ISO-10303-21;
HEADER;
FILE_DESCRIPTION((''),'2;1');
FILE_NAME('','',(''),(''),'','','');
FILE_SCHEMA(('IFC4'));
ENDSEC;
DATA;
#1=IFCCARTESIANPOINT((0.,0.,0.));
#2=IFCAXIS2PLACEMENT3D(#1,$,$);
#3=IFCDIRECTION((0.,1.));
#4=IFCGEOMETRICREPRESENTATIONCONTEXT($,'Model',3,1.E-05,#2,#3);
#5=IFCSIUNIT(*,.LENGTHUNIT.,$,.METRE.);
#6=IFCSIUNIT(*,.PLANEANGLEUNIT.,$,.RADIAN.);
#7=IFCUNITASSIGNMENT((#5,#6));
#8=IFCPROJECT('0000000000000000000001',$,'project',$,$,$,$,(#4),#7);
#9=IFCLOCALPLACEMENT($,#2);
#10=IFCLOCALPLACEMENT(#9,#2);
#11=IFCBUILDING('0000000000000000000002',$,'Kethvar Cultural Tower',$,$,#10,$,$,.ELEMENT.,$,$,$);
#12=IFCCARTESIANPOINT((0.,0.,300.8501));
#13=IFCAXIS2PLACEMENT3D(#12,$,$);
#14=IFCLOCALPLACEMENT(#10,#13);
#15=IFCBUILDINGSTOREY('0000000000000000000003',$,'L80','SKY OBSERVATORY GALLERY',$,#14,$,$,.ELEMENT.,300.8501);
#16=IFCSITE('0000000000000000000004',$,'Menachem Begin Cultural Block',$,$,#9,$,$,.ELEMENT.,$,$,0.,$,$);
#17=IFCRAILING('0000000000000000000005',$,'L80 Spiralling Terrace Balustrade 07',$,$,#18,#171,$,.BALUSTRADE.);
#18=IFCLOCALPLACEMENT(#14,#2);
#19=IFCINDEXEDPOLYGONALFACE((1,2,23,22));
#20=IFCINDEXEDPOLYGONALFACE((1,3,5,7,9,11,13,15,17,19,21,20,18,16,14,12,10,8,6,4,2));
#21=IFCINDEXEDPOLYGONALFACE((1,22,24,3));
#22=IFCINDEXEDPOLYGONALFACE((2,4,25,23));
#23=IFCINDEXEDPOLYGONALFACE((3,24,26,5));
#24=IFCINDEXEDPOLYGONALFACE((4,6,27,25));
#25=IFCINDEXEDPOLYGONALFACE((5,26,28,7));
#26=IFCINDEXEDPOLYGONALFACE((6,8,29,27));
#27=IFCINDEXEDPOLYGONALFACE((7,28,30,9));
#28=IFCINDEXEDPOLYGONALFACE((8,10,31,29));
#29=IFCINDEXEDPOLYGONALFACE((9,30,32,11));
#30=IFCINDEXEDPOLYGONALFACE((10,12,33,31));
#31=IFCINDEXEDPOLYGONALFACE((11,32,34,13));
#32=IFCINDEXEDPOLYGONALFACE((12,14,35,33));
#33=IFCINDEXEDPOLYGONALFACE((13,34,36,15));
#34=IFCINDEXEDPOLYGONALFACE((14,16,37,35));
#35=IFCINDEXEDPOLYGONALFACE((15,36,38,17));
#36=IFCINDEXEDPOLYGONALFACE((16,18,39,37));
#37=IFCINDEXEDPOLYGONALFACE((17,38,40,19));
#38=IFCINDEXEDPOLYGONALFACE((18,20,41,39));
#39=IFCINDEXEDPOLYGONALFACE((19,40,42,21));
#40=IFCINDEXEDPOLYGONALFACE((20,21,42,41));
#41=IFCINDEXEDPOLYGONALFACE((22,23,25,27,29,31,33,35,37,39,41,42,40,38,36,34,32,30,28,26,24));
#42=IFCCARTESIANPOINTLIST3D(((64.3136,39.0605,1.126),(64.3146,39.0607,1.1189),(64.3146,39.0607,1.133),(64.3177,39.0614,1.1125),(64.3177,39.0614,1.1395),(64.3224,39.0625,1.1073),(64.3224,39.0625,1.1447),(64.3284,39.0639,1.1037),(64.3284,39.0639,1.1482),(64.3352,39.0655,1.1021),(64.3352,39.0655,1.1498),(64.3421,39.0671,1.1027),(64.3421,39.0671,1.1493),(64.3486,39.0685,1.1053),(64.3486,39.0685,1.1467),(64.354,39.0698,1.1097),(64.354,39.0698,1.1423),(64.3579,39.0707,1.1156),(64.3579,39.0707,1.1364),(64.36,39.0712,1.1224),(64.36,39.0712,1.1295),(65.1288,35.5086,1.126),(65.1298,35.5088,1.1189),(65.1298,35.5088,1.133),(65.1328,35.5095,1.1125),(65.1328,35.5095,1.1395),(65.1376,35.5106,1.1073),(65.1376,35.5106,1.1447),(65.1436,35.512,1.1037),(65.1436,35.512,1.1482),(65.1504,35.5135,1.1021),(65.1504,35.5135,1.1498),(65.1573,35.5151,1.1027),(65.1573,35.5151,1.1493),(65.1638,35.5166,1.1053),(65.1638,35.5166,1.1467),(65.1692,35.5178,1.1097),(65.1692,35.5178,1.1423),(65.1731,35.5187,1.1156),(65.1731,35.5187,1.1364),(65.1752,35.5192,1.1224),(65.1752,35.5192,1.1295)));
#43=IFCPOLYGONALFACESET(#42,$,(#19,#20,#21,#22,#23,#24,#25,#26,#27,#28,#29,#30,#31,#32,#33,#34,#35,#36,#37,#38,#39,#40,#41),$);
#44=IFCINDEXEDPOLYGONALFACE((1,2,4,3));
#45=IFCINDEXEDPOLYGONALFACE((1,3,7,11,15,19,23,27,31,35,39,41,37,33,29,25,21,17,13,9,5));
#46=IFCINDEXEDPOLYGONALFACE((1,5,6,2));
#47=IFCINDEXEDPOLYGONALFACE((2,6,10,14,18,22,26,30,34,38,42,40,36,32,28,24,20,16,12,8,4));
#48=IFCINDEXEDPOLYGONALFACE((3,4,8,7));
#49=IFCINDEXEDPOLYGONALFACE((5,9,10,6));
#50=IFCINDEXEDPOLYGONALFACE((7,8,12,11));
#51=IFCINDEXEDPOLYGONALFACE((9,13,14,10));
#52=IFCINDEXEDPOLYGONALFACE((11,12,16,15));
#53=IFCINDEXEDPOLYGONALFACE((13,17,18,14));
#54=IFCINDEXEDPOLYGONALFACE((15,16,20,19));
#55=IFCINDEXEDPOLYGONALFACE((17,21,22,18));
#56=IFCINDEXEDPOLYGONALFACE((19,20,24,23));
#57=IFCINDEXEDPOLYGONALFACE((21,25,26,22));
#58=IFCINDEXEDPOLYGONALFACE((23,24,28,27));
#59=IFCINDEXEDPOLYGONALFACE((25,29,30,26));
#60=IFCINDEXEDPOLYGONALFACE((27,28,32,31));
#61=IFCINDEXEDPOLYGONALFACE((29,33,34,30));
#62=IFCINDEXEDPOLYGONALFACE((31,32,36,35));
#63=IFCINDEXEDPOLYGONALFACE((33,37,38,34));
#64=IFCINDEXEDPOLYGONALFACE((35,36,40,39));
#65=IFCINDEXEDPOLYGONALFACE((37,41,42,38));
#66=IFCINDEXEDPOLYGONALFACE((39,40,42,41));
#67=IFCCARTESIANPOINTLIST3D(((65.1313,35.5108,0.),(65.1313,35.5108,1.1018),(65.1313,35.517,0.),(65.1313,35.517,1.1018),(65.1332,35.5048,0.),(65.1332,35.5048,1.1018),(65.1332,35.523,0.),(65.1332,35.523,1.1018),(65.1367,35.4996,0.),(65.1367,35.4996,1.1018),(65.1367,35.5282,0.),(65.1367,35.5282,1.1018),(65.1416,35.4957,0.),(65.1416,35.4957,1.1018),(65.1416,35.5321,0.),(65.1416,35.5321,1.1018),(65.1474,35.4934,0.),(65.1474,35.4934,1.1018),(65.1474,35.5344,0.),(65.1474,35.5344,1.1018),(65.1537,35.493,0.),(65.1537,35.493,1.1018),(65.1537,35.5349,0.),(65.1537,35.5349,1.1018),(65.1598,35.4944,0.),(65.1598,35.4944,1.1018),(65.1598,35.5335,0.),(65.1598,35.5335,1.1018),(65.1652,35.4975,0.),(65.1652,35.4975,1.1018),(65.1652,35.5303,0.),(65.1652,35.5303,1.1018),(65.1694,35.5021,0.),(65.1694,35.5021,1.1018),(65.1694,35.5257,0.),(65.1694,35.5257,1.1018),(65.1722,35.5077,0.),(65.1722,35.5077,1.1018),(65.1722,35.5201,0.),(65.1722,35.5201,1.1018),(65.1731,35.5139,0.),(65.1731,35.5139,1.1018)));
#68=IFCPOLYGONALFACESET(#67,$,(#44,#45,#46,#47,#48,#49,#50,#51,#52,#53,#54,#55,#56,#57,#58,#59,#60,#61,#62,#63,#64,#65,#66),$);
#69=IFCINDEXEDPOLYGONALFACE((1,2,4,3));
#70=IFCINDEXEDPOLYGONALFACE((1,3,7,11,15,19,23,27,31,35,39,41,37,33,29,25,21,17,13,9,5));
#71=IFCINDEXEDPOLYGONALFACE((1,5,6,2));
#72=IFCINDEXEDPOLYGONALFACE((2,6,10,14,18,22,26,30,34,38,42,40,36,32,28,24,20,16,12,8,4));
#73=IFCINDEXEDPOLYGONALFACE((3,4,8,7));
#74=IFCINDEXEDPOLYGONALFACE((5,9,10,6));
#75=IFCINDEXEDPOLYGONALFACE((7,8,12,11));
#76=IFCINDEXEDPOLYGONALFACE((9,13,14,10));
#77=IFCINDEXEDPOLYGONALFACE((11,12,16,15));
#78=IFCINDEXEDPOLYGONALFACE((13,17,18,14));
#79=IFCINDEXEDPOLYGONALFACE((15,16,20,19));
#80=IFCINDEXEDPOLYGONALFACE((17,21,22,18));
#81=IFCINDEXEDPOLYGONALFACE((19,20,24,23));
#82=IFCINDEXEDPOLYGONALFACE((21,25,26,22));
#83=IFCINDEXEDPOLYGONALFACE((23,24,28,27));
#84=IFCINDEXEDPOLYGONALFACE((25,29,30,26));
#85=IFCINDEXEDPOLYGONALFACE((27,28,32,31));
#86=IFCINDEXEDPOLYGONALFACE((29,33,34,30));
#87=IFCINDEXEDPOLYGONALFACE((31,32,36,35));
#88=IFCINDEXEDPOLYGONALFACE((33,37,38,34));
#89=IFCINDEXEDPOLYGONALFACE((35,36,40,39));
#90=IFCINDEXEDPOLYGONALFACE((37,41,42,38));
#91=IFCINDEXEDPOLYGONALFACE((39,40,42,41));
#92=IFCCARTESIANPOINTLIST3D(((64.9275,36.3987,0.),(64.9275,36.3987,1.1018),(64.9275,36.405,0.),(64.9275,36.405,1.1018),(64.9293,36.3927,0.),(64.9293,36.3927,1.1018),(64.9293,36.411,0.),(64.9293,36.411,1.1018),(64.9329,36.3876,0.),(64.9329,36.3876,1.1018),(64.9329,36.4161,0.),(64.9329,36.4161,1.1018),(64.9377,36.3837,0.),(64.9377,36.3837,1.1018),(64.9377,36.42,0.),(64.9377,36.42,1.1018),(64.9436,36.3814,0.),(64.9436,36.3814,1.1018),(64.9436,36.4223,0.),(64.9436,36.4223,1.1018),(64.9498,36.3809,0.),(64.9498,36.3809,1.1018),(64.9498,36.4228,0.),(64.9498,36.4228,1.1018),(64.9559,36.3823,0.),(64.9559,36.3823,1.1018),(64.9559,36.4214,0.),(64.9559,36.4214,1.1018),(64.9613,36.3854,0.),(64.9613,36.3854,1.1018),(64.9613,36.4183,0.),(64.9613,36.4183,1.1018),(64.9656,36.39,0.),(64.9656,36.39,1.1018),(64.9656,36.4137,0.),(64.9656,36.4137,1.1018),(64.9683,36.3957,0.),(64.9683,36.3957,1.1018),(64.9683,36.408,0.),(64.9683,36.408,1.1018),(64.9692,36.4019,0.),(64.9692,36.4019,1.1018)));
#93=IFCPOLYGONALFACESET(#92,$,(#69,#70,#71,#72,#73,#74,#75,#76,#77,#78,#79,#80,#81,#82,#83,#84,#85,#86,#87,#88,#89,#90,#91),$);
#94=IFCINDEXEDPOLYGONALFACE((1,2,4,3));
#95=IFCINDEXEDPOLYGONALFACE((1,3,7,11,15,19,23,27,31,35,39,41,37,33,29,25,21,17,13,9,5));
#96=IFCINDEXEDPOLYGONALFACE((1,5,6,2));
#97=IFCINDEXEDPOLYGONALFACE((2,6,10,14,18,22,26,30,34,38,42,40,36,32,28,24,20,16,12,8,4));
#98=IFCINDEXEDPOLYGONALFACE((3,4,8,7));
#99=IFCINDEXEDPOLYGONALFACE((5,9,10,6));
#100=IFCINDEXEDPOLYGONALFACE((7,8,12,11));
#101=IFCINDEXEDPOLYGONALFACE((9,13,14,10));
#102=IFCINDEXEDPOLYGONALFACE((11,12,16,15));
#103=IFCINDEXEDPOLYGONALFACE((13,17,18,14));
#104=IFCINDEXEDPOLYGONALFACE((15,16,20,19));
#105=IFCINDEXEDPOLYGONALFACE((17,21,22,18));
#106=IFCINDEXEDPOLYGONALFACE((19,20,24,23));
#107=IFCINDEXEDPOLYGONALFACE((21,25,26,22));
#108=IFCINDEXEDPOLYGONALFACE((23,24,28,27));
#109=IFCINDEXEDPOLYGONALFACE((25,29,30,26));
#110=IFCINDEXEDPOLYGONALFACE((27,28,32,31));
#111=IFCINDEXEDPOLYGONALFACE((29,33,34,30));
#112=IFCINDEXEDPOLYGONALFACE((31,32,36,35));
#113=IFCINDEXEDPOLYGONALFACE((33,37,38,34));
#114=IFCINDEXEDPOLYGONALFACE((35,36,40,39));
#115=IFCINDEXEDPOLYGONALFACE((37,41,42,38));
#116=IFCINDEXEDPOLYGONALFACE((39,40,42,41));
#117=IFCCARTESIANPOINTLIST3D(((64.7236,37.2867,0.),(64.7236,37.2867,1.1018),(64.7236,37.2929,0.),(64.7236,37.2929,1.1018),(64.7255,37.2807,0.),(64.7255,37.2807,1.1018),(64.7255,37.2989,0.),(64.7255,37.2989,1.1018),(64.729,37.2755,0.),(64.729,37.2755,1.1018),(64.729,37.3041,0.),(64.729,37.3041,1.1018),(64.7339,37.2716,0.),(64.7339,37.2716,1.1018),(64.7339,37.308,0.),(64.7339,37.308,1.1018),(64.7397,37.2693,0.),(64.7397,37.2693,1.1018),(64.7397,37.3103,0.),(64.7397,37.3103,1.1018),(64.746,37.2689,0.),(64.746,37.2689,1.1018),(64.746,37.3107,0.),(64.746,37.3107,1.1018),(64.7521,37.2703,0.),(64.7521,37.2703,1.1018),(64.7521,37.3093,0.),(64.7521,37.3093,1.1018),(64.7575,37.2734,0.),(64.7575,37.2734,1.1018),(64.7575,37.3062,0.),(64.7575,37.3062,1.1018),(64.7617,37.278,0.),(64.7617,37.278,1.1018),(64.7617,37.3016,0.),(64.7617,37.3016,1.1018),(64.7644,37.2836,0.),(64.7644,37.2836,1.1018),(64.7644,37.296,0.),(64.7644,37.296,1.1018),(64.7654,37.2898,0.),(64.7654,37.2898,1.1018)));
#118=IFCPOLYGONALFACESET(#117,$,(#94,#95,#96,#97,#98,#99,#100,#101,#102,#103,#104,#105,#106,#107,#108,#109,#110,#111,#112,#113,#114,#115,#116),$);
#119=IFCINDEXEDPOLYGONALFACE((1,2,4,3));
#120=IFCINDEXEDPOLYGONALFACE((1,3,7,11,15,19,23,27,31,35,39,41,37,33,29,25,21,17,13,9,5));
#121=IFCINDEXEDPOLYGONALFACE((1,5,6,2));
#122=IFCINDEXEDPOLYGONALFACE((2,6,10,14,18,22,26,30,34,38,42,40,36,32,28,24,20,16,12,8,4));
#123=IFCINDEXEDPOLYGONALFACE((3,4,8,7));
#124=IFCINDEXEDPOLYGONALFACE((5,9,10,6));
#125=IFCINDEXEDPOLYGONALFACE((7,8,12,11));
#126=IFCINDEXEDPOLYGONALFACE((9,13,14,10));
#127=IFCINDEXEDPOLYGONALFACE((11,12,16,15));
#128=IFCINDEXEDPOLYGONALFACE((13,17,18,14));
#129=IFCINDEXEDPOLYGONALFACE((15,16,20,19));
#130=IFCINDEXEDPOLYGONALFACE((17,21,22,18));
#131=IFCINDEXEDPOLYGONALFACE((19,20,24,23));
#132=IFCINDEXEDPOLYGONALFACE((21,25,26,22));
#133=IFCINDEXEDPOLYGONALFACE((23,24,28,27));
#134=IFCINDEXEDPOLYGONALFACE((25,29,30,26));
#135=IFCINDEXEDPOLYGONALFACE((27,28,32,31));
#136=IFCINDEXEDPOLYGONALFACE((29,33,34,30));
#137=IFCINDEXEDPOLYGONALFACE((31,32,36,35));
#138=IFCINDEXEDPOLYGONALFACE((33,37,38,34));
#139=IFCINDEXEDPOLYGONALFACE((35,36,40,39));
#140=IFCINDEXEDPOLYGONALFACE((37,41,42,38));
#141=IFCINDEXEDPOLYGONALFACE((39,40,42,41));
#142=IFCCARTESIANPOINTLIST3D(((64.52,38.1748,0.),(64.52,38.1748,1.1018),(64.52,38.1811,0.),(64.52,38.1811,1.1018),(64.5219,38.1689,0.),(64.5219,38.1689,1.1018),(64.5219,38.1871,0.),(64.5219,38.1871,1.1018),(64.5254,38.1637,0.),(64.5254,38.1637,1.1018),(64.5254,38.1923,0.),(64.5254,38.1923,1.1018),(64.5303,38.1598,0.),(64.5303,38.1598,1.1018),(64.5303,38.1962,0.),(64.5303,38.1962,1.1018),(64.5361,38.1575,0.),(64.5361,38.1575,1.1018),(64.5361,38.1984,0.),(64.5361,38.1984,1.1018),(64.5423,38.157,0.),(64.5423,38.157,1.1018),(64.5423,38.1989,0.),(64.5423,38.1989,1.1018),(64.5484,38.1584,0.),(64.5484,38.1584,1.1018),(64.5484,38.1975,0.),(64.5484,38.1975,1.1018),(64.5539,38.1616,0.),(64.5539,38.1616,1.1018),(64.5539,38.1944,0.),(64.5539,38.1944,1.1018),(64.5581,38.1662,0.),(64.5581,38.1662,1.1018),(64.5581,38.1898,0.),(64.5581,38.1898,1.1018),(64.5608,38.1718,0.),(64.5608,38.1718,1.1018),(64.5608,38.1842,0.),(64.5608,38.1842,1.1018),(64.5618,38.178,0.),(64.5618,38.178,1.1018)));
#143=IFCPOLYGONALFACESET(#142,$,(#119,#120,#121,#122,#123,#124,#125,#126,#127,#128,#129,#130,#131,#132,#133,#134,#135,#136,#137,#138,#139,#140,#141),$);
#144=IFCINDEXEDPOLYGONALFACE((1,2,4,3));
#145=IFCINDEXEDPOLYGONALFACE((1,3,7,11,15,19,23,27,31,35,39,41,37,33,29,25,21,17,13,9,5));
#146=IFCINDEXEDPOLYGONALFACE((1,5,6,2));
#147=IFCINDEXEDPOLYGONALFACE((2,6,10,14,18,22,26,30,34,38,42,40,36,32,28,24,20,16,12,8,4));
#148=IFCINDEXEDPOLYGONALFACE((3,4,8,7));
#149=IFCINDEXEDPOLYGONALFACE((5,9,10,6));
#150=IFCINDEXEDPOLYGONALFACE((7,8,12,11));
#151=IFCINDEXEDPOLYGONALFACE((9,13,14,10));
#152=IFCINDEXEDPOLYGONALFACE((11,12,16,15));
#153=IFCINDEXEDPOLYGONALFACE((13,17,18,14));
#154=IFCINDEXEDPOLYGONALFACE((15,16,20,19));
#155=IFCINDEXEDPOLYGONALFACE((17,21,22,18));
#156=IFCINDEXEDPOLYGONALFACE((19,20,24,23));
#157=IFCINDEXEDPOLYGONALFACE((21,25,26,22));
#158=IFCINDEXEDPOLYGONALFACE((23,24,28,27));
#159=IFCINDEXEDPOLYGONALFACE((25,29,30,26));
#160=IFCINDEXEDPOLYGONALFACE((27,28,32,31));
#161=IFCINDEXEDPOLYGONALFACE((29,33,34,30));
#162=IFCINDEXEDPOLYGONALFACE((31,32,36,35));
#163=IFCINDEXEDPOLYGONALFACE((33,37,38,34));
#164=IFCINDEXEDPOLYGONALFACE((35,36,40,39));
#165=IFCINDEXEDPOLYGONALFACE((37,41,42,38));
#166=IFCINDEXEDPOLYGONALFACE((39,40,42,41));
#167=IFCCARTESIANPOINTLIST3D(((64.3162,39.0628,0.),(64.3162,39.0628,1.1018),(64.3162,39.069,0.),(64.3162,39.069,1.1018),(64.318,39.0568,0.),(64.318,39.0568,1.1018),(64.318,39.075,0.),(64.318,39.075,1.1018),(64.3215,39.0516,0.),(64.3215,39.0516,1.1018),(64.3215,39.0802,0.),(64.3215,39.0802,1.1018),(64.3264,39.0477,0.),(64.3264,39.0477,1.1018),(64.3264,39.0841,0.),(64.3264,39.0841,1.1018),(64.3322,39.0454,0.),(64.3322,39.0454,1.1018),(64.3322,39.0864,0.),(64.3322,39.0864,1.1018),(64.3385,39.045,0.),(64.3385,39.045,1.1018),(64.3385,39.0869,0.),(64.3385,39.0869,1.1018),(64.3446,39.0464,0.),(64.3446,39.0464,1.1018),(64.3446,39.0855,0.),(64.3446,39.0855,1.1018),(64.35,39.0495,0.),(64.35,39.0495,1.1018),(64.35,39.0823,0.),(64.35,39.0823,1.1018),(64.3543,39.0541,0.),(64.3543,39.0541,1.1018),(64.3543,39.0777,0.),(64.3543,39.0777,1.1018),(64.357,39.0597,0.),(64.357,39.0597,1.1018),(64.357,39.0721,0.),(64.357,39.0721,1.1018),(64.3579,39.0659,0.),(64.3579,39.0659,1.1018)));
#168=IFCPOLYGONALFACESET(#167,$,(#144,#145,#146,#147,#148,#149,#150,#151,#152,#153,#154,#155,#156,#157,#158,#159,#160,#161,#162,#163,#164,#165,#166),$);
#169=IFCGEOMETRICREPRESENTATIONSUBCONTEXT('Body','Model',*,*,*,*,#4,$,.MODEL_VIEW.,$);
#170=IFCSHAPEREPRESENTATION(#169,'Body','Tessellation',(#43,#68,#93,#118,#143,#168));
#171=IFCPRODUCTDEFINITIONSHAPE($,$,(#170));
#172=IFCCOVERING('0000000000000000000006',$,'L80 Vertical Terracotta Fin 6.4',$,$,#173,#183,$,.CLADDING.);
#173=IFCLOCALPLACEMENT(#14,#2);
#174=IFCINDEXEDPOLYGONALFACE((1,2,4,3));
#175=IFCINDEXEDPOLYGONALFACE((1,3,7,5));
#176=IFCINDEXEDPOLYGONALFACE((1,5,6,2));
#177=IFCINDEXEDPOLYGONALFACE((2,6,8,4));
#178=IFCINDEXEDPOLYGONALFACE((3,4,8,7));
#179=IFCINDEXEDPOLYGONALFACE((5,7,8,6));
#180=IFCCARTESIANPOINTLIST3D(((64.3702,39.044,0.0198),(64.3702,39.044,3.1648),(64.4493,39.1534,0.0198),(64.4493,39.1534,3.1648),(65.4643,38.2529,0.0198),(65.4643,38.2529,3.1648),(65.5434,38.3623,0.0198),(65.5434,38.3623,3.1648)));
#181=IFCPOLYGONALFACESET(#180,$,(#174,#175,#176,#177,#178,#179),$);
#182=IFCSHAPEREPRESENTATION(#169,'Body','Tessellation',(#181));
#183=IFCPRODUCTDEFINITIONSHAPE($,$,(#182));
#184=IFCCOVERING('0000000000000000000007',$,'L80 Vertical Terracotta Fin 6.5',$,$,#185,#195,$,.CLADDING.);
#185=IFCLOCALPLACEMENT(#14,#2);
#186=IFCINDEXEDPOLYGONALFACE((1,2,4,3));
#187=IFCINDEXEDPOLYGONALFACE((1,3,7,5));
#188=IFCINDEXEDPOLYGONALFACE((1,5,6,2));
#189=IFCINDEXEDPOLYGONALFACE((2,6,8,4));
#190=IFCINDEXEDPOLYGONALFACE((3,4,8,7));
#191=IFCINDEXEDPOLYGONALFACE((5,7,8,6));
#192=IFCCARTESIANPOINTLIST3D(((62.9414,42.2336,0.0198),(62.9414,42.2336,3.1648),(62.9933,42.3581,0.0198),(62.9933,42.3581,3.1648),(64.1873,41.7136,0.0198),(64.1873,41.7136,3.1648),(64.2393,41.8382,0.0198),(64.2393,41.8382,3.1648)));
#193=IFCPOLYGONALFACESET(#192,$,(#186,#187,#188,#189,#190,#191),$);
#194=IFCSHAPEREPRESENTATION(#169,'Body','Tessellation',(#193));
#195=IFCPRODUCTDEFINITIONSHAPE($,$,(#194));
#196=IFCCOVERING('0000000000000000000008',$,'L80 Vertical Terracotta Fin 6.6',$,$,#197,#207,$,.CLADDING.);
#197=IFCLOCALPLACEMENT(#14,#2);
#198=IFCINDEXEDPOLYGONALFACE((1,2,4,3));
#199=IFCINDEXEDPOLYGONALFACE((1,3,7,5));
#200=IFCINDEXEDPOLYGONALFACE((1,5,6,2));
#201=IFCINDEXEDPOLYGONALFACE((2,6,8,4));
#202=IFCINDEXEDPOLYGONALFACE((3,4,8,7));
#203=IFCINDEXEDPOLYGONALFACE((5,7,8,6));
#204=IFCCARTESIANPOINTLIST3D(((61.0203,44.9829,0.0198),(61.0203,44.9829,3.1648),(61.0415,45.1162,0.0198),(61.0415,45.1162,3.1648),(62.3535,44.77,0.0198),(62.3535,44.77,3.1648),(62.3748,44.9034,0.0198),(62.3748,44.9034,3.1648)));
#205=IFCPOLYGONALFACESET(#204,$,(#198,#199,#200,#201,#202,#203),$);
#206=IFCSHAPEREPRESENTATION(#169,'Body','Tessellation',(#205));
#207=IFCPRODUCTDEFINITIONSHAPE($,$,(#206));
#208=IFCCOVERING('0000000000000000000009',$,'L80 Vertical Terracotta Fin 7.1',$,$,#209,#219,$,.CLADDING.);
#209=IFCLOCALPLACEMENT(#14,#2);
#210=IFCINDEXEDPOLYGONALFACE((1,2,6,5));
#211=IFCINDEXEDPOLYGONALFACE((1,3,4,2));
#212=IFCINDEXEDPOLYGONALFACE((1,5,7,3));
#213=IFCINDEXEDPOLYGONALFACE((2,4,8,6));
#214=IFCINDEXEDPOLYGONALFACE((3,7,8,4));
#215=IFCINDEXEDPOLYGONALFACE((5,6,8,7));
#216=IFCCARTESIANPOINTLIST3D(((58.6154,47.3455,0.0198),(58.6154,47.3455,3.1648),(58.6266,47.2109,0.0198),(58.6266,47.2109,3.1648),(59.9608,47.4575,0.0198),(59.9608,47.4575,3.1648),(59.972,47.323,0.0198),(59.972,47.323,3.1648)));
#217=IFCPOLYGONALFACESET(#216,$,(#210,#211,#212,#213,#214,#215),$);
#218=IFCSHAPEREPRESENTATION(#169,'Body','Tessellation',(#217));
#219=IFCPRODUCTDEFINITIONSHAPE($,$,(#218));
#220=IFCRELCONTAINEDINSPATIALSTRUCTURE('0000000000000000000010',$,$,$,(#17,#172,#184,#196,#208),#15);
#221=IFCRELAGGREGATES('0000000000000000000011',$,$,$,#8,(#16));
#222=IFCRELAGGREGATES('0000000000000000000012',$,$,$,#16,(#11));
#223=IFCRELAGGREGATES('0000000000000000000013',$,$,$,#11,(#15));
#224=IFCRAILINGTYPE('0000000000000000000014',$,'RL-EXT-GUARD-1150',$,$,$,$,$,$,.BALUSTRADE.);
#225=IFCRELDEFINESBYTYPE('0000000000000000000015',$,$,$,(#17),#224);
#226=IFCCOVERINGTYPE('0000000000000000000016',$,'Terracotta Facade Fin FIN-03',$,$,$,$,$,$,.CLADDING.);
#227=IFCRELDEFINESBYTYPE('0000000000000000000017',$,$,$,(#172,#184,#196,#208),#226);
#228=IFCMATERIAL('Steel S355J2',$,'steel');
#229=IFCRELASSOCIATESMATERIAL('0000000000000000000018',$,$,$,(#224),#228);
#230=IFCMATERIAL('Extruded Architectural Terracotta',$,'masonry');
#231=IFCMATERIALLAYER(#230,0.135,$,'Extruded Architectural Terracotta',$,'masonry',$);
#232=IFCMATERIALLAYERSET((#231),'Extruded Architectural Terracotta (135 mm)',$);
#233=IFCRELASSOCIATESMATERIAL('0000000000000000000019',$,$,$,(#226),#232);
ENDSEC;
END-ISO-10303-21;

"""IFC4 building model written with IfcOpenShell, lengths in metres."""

from ifc_helpers import new_model, si_unit, direction, frame, origin, origin_2d, place, context, subcontext, project, spatial, rectangle, circle, extrude, source, transform, mapped, material, layer, layer_set, type_object, element, save


model = new_model("IFC4")

# Units and contexts
model_context = context("Model", 3, precision=1e-05, world=origin(), true_north=direction((0.0, 1.0)))
body_context = subcontext(model_context, "Body", "Model", "MODEL_VIEW")
ifc_project = project(units=[si_unit("LENGTHUNIT", "METRE"), si_unit("PLANEANGLEUNIT", "RADIAN")], contexts=[model_context])

# Site, building, storey
site_placement = place(None, origin())
site = spatial("IfcSite", under=ifc_project, at=site_placement, Name="Menachem Begin Cultural Block", CompositionType="ELEMENT", RefElevation=0.0)
building_placement = place(site_placement, origin())
building = spatial("IfcBuilding", under=site, at=building_placement, Name="Kethvar Cultural Tower", CompositionType="ELEMENT")
storey_placement = place(building_placement, frame((0.0, 0.0, 300.8501)))
storey = spatial("IfcBuildingStorey", under=building, at=storey_placement, Name="L80", Description="SKY OBSERVATORY GALLERY", CompositionType="ELEMENT", Elevation=300.8501)

# Shared definitions
ifc_material_1 = material(Name="Steel S355J2", Category="steel")

# Railing
railing_type = type_object("IfcRailingType", Name="RL-EXT-GUARD-1150", PredefinedType="BALUSTRADE", material=ifc_material_1)
railing_placement = place(storey_placement, frame((65.1521, 35.5139, 0.0)))
element("IfcRailing", 1, at=railing_placement, inside=storey, type_object=railing_type, Name="L80 Spiralling Terrace Balustrade 07", PredefinedType="BALUSTRADE", context=body_context, shape_type="SweptSolid", body=[
    extrude(circle(Radius=0.0239, at=origin_2d()), frame((0.0, 0.0, 1.126), z_axis=(-0.223685, 0.974661, 0.0), x_axis=(-0.974661, -0.223685, 0.0)), (0.0, 0.0, 1.0), 3.6443),
    extrude(circle(Radius=0.021, at=origin_2d()), origin(), (0.0, 0.0, 1.0), 1.1018),
    extrude(circle(Radius=0.021, at=origin_2d()), frame((-0.2039, 0.8879, 0.0)), (0.0, 0.0, 1.0), 1.1018),
    extrude(circle(Radius=0.021, at=origin_2d()), frame((-0.4077, 1.7759, 0.0)), (0.0, 0.0, 1.0), 1.1018),
    extrude(circle(Radius=0.021, at=origin_2d()), frame((-0.6113, 2.6641, 0.0)), (0.0, 0.0, 1.0), 1.1018),
    extrude(circle(Radius=0.021, at=origin_2d()), frame((-0.8152, 3.552, 0.0)), (0.0, 0.0, 1.0), 1.1018),
])

# Coverings
ifc_material_2 = material(Name="Extruded Architectural Terracotta", Category="masonry")
ifc_layer_1 = layer(ifc_material_2, 0.135, Name="Extruded Architectural Terracotta", Category="masonry")
ifc_layer_set_1 = layer_set([ifc_layer_1], Name="Extruded Architectural Terracotta (135 mm)")
covering_type = type_object("IfcCoveringType", Name="Terracotta Facade Fin FIN-03", PredefinedType="CLADDING", material=ifc_layer_set_1)
shared_shape_1 = source(origin(), body_context, "Body", "SweptSolid", [
    extrude(rectangle(XDim=1.3501, YDim=0.135, at=origin_2d()), origin(), (0.0, 0.0, 1.0), 3.145),
])
for number, where, z_axis, x_axis, name in (
    (2, (64.9568, 38.7031, 0.0198), (0.0, 0.0, 1.0), (0.810349, -0.585948, 0.0), "L80 Vertical Terracotta Fin 6.4"),
    (3, (63.5903, 42.0359, 0.0198), (0.0, 0.0, 1.0), (0.922875, -0.385101, 0.0), "L80 Vertical Terracotta Fin 6.5"),
    (4, (61.6975, 44.9431, 0.0198), (0.0, 0.0, 1.0), (0.987496, -0.157641, 0.0), "L80 Vertical Terracotta Fin 6.6"),
    (5, (59.2937, 47.3342, 0.0198), (0.0, 0.0, 1.0), (0.996551, 0.082982, 0.0), "L80 Vertical Terracotta Fin 7.1"),
):
    element("IfcCovering", number, at=place(storey_placement, frame(where, z_axis=z_axis, x_axis=x_axis)), inside=storey, type_object=covering_type, Name=name, PredefinedType="CLADDING", context=body_context, shape_type="MappedRepresentation", body=[
        mapped(shared_shape_1, transform((0.0, 0.0, 0.0), scale=1.0)),
    ])

save(model, "model.ifc")
